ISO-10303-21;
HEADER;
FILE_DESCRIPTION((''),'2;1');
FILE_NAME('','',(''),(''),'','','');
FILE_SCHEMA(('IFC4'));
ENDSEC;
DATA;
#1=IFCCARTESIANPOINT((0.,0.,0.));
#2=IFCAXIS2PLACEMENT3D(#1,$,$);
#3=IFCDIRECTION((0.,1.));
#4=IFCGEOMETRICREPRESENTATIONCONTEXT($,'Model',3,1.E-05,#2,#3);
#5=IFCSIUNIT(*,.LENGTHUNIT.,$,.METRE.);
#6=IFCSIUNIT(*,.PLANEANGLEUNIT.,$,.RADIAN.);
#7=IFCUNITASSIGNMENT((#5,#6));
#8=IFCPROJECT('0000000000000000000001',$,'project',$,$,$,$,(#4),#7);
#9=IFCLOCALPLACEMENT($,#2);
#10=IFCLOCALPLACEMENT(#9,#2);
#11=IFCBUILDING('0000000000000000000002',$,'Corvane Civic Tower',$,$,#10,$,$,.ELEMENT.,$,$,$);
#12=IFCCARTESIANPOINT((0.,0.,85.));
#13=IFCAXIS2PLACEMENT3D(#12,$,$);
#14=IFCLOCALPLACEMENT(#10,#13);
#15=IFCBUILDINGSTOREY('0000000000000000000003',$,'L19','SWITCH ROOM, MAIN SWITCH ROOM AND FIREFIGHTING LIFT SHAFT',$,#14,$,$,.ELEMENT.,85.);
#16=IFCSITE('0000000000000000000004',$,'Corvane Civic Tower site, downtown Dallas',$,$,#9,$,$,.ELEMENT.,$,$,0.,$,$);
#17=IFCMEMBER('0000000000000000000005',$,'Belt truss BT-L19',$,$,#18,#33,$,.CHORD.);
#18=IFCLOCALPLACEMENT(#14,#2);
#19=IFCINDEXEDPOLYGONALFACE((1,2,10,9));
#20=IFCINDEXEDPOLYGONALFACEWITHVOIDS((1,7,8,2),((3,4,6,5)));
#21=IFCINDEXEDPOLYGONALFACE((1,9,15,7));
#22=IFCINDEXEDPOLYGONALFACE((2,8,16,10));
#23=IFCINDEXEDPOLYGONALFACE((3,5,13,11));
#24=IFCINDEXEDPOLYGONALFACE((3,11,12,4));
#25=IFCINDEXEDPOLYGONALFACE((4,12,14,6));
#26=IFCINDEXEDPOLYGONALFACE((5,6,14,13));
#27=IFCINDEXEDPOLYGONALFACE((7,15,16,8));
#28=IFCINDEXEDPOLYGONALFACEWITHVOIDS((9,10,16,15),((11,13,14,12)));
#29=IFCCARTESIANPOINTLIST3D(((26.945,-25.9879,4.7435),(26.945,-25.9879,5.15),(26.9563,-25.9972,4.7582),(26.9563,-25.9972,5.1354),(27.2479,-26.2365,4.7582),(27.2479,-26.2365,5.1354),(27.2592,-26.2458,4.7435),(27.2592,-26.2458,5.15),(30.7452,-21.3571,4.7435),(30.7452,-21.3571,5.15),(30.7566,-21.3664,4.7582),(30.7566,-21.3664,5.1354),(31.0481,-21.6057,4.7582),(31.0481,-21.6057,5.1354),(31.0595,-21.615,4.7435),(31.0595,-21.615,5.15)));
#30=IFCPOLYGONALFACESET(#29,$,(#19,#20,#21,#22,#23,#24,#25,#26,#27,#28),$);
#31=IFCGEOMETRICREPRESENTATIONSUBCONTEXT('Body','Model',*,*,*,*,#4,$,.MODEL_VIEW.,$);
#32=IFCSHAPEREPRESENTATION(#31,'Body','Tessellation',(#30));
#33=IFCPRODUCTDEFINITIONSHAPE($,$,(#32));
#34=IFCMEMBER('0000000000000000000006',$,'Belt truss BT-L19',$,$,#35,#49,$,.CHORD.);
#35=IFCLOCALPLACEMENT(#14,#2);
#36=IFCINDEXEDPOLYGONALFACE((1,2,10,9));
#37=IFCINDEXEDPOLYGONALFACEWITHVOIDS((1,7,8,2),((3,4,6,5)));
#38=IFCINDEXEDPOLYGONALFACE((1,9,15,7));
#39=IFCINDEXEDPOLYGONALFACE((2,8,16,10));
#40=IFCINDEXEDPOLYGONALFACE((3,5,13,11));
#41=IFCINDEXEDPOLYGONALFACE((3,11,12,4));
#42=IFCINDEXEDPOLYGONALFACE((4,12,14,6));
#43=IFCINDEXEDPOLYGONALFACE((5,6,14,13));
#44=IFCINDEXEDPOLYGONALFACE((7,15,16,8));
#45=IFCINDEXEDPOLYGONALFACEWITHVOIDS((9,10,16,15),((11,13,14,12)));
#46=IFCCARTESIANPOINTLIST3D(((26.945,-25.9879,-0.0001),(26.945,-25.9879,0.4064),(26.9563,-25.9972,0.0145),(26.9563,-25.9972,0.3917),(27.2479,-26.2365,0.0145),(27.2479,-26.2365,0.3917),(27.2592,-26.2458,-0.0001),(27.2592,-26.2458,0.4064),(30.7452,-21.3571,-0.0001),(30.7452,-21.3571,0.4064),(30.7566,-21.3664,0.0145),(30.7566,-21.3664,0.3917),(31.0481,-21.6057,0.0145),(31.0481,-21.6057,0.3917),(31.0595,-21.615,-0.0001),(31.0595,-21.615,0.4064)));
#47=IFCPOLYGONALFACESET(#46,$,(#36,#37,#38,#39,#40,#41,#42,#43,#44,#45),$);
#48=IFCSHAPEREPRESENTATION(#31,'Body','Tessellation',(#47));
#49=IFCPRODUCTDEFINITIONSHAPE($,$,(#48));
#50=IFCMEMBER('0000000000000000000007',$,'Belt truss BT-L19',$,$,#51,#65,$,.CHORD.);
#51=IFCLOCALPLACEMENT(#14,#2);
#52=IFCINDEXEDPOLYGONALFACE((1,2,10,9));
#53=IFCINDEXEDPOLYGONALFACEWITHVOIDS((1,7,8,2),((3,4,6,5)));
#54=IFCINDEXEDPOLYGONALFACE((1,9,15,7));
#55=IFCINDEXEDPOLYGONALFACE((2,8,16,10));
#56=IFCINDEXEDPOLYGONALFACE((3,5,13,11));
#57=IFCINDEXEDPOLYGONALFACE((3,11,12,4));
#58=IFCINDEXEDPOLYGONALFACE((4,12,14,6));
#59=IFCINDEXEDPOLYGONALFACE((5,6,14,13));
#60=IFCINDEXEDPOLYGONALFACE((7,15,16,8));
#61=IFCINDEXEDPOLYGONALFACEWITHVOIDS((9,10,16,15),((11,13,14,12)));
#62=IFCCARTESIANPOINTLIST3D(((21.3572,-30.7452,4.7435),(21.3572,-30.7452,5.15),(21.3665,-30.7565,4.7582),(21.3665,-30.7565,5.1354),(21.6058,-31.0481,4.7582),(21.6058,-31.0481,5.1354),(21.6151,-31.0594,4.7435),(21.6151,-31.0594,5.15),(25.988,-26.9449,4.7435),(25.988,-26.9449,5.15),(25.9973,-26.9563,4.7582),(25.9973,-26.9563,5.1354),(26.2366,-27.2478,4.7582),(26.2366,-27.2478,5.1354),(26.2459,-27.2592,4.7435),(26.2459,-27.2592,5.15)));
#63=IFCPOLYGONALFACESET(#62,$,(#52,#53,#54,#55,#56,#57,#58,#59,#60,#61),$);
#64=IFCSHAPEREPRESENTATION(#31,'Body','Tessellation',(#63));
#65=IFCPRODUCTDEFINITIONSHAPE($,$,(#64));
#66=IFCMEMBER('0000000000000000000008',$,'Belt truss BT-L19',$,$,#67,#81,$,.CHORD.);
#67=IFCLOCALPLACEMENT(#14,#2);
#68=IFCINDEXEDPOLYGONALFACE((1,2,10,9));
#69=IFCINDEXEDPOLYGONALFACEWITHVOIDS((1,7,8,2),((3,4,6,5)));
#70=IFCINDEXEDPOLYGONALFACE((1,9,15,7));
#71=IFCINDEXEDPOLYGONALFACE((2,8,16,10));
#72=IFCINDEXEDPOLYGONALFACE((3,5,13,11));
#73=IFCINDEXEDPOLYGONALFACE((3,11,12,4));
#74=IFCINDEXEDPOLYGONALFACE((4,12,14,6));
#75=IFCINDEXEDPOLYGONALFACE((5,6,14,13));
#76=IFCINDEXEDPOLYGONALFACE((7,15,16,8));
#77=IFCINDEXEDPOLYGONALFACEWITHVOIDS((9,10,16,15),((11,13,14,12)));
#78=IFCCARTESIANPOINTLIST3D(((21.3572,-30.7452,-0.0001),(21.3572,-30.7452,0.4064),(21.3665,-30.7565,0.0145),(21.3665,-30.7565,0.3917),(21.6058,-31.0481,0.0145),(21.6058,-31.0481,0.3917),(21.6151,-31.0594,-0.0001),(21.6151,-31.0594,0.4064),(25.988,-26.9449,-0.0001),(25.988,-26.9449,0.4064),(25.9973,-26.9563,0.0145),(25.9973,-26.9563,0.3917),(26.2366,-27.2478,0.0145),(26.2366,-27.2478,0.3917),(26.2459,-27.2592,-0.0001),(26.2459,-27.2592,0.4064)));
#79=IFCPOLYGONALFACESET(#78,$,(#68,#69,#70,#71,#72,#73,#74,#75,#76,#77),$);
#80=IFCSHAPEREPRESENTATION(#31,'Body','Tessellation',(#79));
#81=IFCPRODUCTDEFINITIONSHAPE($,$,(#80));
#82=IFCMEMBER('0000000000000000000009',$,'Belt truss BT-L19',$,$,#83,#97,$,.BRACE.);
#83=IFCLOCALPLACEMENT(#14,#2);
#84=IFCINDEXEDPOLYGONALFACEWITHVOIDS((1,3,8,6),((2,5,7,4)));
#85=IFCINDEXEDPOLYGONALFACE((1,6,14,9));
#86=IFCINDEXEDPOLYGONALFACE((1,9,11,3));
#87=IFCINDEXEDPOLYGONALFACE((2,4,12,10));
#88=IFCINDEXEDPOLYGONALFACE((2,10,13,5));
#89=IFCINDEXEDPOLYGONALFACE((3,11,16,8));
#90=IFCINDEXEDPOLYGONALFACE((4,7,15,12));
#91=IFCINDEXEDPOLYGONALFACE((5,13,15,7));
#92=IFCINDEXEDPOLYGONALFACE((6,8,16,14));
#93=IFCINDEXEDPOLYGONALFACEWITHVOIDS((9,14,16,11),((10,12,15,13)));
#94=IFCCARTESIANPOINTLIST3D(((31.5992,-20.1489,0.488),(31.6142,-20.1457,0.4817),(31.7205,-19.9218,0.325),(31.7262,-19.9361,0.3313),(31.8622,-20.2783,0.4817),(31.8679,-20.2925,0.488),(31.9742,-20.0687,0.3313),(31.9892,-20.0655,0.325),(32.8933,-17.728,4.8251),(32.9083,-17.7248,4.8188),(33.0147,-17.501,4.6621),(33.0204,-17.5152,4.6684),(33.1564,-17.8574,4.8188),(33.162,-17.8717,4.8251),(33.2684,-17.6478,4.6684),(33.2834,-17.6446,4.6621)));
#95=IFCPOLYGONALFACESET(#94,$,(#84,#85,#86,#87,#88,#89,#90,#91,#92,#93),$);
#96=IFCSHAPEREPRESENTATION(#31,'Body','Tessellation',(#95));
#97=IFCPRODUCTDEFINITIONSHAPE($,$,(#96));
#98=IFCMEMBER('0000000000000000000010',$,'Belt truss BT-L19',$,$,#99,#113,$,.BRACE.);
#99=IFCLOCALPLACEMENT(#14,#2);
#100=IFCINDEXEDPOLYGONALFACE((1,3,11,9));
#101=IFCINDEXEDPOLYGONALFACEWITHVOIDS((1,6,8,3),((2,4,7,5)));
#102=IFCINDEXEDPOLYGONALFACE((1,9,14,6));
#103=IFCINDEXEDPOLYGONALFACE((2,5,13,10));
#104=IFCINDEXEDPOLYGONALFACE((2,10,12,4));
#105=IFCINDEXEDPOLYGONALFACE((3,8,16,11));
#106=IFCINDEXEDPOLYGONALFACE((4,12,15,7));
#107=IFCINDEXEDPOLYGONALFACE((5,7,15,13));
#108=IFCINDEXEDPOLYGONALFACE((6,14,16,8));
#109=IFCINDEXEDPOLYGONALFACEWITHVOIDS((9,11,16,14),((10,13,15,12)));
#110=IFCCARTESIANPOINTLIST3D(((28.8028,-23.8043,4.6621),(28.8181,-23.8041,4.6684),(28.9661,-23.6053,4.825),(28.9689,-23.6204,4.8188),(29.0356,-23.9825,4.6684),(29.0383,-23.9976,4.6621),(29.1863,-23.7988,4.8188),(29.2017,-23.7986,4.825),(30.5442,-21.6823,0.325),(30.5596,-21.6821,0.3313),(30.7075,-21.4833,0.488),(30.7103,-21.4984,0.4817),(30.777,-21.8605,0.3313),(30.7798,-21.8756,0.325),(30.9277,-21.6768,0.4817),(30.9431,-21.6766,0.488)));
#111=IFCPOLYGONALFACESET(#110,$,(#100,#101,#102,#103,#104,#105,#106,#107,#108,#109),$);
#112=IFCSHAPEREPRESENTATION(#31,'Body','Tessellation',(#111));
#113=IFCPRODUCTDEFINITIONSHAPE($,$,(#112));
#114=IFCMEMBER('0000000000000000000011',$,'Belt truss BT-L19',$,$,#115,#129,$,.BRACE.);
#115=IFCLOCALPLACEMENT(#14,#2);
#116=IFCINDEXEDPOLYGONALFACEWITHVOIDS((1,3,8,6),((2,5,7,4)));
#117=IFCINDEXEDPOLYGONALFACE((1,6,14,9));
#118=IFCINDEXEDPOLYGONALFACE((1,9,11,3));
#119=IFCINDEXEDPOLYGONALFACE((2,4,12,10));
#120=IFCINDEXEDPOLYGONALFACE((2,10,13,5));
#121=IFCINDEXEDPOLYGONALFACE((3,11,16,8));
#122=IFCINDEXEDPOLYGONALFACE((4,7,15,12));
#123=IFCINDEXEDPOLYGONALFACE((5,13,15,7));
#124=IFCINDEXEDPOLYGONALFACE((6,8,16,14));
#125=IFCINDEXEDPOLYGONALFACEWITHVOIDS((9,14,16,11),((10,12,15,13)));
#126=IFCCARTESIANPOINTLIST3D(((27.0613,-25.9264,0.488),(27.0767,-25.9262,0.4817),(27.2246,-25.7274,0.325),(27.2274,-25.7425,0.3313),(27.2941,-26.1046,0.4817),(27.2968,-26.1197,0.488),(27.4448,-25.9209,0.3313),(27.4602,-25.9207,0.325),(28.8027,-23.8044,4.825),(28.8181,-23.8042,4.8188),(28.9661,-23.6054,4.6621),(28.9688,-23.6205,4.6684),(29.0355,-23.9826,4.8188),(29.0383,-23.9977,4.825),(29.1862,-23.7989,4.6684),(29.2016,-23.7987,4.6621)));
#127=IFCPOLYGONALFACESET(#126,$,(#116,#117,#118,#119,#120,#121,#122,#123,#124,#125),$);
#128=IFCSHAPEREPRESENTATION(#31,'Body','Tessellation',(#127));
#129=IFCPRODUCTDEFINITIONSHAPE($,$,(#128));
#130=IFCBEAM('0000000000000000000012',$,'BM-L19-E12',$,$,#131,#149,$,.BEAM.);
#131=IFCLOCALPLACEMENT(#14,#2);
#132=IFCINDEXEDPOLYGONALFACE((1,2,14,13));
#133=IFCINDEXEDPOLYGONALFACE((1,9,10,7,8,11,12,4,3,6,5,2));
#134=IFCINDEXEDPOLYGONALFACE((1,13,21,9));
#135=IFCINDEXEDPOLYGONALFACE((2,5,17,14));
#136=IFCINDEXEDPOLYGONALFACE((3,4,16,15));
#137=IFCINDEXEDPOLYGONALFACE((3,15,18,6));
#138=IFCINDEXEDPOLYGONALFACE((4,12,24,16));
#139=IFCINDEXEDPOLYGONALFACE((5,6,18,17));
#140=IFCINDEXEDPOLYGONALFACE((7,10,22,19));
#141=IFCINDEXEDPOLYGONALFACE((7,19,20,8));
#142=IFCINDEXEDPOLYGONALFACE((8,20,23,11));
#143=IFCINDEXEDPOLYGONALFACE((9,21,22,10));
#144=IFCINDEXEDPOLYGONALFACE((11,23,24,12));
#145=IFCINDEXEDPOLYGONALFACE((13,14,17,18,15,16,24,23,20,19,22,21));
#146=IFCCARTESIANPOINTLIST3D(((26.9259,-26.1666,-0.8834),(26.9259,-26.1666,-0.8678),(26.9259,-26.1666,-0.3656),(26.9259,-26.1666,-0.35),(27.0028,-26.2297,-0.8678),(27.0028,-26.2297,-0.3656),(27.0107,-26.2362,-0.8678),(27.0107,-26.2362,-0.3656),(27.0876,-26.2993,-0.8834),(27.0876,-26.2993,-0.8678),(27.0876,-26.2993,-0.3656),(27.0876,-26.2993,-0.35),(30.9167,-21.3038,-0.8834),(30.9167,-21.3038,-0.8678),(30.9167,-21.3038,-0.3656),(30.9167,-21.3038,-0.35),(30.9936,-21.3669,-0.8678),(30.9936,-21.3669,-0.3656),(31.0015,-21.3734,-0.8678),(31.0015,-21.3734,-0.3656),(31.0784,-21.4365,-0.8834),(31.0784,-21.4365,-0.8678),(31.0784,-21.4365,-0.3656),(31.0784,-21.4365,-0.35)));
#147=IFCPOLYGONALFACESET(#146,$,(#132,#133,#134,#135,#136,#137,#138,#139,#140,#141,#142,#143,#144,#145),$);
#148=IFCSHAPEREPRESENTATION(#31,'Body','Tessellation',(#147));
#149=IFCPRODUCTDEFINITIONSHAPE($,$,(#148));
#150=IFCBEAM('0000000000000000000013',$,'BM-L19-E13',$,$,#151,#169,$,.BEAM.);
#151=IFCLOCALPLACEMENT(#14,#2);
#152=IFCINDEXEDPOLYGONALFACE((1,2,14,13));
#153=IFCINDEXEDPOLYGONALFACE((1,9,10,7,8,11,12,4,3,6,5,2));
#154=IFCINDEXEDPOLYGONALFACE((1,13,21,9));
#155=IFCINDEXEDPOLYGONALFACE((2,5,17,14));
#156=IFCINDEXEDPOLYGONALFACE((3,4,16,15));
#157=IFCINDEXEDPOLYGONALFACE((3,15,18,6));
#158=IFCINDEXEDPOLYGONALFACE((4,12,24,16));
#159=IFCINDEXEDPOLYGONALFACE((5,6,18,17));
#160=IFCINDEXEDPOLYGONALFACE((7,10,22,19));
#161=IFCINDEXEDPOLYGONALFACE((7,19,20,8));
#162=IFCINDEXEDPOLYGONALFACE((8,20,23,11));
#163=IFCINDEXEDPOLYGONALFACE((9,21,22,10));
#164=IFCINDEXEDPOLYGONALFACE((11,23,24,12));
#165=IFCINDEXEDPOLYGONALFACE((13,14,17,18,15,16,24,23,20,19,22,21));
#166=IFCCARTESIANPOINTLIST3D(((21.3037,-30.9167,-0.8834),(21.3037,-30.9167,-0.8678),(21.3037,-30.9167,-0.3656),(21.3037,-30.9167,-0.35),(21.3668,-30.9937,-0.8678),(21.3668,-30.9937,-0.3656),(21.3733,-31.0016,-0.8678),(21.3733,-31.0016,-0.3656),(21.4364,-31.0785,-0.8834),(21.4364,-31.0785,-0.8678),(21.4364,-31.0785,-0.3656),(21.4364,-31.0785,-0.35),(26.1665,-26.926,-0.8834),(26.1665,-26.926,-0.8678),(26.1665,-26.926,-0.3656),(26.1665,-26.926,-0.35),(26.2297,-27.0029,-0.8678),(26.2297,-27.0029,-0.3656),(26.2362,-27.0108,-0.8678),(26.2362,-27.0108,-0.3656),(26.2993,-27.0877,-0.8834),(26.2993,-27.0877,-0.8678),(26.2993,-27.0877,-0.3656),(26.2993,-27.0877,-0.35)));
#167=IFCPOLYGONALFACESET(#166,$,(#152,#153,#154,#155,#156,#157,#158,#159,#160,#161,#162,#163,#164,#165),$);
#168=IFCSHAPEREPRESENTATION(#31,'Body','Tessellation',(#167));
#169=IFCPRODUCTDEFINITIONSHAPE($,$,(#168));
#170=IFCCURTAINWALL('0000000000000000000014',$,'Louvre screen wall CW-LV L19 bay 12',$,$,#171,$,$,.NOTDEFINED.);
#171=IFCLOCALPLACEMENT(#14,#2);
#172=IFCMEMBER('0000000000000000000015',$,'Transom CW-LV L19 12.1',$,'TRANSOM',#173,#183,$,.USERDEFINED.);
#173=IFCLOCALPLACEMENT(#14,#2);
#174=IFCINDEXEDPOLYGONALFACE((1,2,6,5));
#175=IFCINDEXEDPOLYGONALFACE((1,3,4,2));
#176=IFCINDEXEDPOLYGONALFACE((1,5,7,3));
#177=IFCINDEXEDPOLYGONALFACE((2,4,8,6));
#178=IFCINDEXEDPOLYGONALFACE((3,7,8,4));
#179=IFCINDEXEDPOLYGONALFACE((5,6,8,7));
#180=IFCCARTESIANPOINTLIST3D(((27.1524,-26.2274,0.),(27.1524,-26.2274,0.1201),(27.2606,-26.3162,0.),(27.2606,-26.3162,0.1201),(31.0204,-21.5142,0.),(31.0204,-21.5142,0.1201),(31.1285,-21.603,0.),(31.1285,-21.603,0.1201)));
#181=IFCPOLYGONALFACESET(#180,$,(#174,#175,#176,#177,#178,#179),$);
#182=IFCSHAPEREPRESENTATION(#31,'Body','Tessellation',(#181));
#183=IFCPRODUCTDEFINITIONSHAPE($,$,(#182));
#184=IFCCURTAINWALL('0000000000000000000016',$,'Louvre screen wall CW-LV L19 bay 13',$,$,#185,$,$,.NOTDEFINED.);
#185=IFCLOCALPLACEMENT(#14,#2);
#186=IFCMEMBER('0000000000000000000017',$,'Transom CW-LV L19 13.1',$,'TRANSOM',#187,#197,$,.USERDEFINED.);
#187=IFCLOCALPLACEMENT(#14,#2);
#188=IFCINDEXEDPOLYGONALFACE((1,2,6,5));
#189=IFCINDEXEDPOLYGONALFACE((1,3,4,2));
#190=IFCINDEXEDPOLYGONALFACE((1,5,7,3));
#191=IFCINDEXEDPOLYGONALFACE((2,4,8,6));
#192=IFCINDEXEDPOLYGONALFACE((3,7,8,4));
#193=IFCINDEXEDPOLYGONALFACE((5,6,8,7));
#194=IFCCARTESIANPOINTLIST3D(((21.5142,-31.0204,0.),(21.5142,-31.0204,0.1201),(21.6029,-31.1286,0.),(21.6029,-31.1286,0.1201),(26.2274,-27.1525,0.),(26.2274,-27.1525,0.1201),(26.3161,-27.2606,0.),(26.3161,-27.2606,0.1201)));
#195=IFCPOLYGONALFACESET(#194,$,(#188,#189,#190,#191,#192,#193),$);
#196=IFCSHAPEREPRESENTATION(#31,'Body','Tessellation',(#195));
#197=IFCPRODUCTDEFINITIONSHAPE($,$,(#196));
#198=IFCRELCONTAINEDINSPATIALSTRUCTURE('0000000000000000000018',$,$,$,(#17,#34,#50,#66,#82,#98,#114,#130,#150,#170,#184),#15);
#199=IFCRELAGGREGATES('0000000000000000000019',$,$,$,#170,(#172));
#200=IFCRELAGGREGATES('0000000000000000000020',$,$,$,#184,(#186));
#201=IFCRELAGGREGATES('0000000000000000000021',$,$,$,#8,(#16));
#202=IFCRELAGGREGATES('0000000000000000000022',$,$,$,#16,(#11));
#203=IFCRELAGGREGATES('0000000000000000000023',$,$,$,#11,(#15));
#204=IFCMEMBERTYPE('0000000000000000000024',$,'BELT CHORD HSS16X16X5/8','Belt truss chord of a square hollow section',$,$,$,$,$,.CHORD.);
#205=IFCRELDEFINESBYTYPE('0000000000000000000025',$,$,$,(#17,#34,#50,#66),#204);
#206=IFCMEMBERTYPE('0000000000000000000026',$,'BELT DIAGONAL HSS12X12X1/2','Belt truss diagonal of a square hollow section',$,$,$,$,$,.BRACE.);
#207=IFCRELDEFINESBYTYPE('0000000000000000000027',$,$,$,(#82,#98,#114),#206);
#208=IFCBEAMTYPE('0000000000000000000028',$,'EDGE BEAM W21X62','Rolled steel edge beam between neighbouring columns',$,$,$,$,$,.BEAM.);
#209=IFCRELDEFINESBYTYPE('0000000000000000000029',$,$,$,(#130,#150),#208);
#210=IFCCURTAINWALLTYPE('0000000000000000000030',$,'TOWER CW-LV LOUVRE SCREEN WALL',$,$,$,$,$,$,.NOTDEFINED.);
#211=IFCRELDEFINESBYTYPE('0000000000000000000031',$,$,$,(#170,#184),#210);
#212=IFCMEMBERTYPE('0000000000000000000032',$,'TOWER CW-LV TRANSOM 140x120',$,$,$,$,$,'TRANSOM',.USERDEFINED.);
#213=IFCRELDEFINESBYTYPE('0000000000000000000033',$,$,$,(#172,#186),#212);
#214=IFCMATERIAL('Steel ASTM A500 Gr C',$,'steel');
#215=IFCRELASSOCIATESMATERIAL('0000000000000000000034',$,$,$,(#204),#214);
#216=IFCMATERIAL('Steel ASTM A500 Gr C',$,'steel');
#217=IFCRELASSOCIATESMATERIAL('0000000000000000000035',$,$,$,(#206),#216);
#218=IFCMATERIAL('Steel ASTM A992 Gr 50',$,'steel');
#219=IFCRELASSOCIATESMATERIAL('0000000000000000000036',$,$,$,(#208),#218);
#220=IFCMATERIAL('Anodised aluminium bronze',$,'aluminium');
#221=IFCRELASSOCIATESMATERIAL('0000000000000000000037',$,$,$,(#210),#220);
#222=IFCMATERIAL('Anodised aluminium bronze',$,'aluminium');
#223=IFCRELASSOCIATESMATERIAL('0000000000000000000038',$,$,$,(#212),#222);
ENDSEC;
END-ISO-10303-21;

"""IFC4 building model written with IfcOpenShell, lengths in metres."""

from ifc_helpers import new_model, si_unit, direction, frame, origin, origin_2d, place, context, subcontext, project, spatial, rectangle, hollow_rectangle, i_section, extrude, material, material_profile, profile_set, type_object, element, aggregate, save


model = new_model("IFC4")

# Units and contexts
model_context = context("Model", 3, precision=1e-05, world=origin(), true_north=direction((0.0, 1.0)))
body_context = subcontext(model_context, "Body", "Model", "MODEL_VIEW")
ifc_project = project(units=[si_unit("LENGTHUNIT", "METRE"), si_unit("PLANEANGLEUNIT", "RADIAN")], contexts=[model_context])

# Site, building, storey
site_placement = place(None, origin())
site = spatial("IfcSite", under=ifc_project, at=site_placement, Name="Corvane Civic Tower site, downtown Dallas", CompositionType="ELEMENT", RefElevation=0.0)
building_placement = place(site_placement, origin())
building = spatial("IfcBuilding", under=site, at=building_placement, Name="Corvane Civic Tower", CompositionType="ELEMENT")
storey_placement = place(building_placement, frame((0.0, 0.0, 85.0)))
storey = spatial("IfcBuildingStorey", under=building, at=storey_placement, Name="L19", Description="SWITCH ROOM, MAIN SWITCH ROOM AND FIREFIGHTING LIFT SHAFT", CompositionType="ELEMENT", Elevation=85.0)

# Members
ifc_material_1 = material(Name="Steel ASTM A500 Gr C", Category="steel")
ifc_material_profile_1 = material_profile(ifc_material_1, hollow_rectangle(XDim=0.4065, YDim=0.4065, WallThickness=0.0146, at=origin_2d()), Name="HSS16X16X5/8")
ifc_profile_set_1 = profile_set([ifc_material_profile_1], Name="Steel ASTM A500 Gr C")
member_type_1 = type_object("IfcMemberType", Name="BELT CHORD HSS16X16X5/8", Description="Belt truss chord of a square hollow section", PredefinedType="CHORD", material=ifc_profile_set_1)
for number, where, z_axis, x_axis, name in (
    (1, (30.9023, -21.4861, 4.9468), (-0.634378, -0.773023, 0.0), (0.773023, -0.634378, 0.0), "Belt truss BT-L19"),
    (2, (30.9023, -21.4861, 0.2031), (-0.634378, -0.773023, 0.0), (0.773023, -0.634378, 0.0), "Belt truss BT-L19"),
    (3, (26.1169, -27.1021, 4.9468), (-0.773023, -0.634378, 0.0), (0.634378, -0.773023, 0.0), "Belt truss BT-L19"),
    (4, (26.1169, -27.1021, 0.2031), (-0.773023, -0.634378, 0.0), (0.634378, -0.773023, 0.0), "Belt truss BT-L19"),
):
    element("IfcMember", number, at=place(storey_placement, frame(where, z_axis=z_axis, x_axis=x_axis)), inside=storey, type_object=member_type_1, Name=name, PredefinedType="CHORD", context=body_context, shape_type="SweptSolid", body=[
        extrude(hollow_rectangle(XDim=0.4065, YDim=0.4065, WallThickness=0.0146, at=origin_2d()), origin(), (0.0, 0.0, 1.0), 5.9905),
    ])
ifc_material_2 = material(Name="Steel ASTM A500 Gr C", Category="steel")
ifc_material_profile_2 = material_profile(ifc_material_2, hollow_rectangle(XDim=0.3047, YDim=0.3047, WallThickness=0.0117, at=origin_2d()), Name="HSS12X12X1/2")
ifc_profile_set_2 = profile_set([ifc_material_profile_2], Name="Steel ASTM A500 Gr C")
member_type_2 = type_object("IfcMemberType", Name="BELT DIAGONAL HSS12X12X1/2", Description="Belt truss diagonal of a square hollow section", PredefinedType="BRACE", material=ifc_profile_set_2)
for number, where, z_axis, x_axis, name in (
    (5, (31.7942, -20.1072, 0.4065), (0.252136, 0.471644, 0.844973), (-0.881892, 0.471451, 0.0), "Belt truss BT-L19"),
    (6, (30.7437, -21.6794, 0.4065), (-0.339272, -0.413424, 0.84497), (0.773025, -0.634375, 0.0), "Belt truss BT-L19"),
    (7, (27.2607, -25.9236, 0.4065), (0.339272, 0.413424, 0.84497), (-0.773025, 0.634375, 0.0), "Belt truss BT-L19"),
):
    element("IfcMember", number, at=place(storey_placement, frame(where, z_axis=z_axis, x_axis=x_axis)), inside=storey, type_object=member_type_2, Name=name, PredefinedType="BRACE", context=body_context, shape_type="SweptSolid", body=[
        extrude(hollow_rectangle(XDim=0.3047, YDim=0.3047, WallThickness=0.0117, at=origin_2d()), origin(), (0.0, 0.0, 1.0), 5.1328),
    ])

# Beams
ifc_material_3 = material(Name="Steel ASTM A992 Gr 50", Category="steel")
ifc_material_profile_3 = material_profile(ifc_material_3, i_section(OverallWidth=0.2092, OverallDepth=0.5334, WebThickness=0.0103, FlangeThickness=0.0156, at=origin_2d()), Name="W21X62")
ifc_profile_set_3 = profile_set([ifc_material_profile_3], Name="Steel ASTM A992 Gr 50")
beam_type = type_object("IfcBeamType", Name="EDGE BEAM W21X62", Description="Rolled steel edge beam between neighbouring columns", PredefinedType="BEAM", material=ifc_profile_set_3)
for number, where, z_axis, x_axis, name in (
    (8, (30.9976, -21.3701, -0.6167), (-0.634387, -0.773016, 0.0), (0.773016, -0.634387, 0.0), "BM-L19-E12"),
    (9, (26.2329, -27.0068, -0.6167), (-0.773016, -0.634387, 0.0), (0.634387, -0.773016, 0.0), "BM-L19-E13"),
):
    element("IfcBeam", number, at=place(storey_placement, frame(where, z_axis=z_axis, x_axis=x_axis)), inside=storey, type_object=beam_type, Name=name, PredefinedType="BEAM", context=body_context, shape_type="SweptSolid", body=[
        extrude(i_section(OverallWidth=0.2092, OverallDepth=0.5334, WebThickness=0.0103, FlangeThickness=0.0156, at=origin_2d()), origin(), (0.0, 0.0, 1.0), 6.2908),
    ])

# Curtain walls, members
ifc_material_4 = material(Name="Anodised aluminium bronze", Category="aluminium")
curtain_wall_type = type_object("IfcCurtainWallType", Name="TOWER CW-LV LOUVRE SCREEN WALL", PredefinedType="NOTDEFINED", material=ifc_material_4)
curtain_wall_1_placement = place(storey_placement, origin())
curtain_wall_1 = element("IfcCurtainWall", 10, at=curtain_wall_1_placement, inside=storey, type_object=curtain_wall_type, Name="Louvre screen wall CW-LV L19 bay 12", PredefinedType="NOTDEFINED")
ifc_material_5 = material(Name="Anodised aluminium bronze", Category="aluminium")
ifc_material_profile_4 = material_profile(ifc_material_5, rectangle(XDim=0.1399, YDim=0.1201, at=origin_2d()), Name="TOWER CW-LV TRANSOM 140x120")
ifc_profile_set_4 = profile_set([ifc_material_profile_4], Name="Anodised aluminium bronze")
member_type_3 = type_object("IfcMemberType", Name="TOWER CW-LV TRANSOM 140x120", ElementType="TRANSOM", PredefinedType="USERDEFINED", material=ifc_profile_set_4)
member_1_placement = place(storey_placement, frame((31.0745, -21.5586, 0.0601), z_axis=(-0.634388, -0.773014, 0.0), x_axis=(0.773014, -0.634388, 0.0)))
member_1 = element("IfcMember", 11, at=member_1_placement, type_object=member_type_3, Name="Transom CW-LV L19 12.1", ObjectType="TRANSOM", PredefinedType="USERDEFINED", context=body_context, shape_type="SweptSolid", body=[
    extrude(rectangle(XDim=0.1399, YDim=0.1201, at=origin_2d()), origin(), (0.0, 0.0, 1.0), 6.0972),
])
curtain_wall_2_placement = place(storey_placement, origin())
curtain_wall_2 = element("IfcCurtainWall", 12, at=curtain_wall_2_placement, inside=storey, type_object=curtain_wall_type, Name="Louvre screen wall CW-LV L19 bay 13", PredefinedType="NOTDEFINED")
member_2_placement = place(storey_placement, frame((26.2717, -27.2065, 0.0601), z_axis=(-0.773014, -0.634388, 0.0), x_axis=(0.634388, -0.773014, 0.0)))
member_2 = element("IfcMember", 13, at=member_2_placement, type_object=member_type_3, Name="Transom CW-LV L19 13.1", ObjectType="TRANSOM", PredefinedType="USERDEFINED", context=body_context, shape_type="SweptSolid", body=[
    extrude(rectangle(XDim=0.1399, YDim=0.1201, at=origin_2d()), origin(), (0.0, 0.0, 1.0), 6.0972),
])

aggregate(curtain_wall_1, [member_1])
aggregate(curtain_wall_2, [member_2])

save(model, "model.ifc")
